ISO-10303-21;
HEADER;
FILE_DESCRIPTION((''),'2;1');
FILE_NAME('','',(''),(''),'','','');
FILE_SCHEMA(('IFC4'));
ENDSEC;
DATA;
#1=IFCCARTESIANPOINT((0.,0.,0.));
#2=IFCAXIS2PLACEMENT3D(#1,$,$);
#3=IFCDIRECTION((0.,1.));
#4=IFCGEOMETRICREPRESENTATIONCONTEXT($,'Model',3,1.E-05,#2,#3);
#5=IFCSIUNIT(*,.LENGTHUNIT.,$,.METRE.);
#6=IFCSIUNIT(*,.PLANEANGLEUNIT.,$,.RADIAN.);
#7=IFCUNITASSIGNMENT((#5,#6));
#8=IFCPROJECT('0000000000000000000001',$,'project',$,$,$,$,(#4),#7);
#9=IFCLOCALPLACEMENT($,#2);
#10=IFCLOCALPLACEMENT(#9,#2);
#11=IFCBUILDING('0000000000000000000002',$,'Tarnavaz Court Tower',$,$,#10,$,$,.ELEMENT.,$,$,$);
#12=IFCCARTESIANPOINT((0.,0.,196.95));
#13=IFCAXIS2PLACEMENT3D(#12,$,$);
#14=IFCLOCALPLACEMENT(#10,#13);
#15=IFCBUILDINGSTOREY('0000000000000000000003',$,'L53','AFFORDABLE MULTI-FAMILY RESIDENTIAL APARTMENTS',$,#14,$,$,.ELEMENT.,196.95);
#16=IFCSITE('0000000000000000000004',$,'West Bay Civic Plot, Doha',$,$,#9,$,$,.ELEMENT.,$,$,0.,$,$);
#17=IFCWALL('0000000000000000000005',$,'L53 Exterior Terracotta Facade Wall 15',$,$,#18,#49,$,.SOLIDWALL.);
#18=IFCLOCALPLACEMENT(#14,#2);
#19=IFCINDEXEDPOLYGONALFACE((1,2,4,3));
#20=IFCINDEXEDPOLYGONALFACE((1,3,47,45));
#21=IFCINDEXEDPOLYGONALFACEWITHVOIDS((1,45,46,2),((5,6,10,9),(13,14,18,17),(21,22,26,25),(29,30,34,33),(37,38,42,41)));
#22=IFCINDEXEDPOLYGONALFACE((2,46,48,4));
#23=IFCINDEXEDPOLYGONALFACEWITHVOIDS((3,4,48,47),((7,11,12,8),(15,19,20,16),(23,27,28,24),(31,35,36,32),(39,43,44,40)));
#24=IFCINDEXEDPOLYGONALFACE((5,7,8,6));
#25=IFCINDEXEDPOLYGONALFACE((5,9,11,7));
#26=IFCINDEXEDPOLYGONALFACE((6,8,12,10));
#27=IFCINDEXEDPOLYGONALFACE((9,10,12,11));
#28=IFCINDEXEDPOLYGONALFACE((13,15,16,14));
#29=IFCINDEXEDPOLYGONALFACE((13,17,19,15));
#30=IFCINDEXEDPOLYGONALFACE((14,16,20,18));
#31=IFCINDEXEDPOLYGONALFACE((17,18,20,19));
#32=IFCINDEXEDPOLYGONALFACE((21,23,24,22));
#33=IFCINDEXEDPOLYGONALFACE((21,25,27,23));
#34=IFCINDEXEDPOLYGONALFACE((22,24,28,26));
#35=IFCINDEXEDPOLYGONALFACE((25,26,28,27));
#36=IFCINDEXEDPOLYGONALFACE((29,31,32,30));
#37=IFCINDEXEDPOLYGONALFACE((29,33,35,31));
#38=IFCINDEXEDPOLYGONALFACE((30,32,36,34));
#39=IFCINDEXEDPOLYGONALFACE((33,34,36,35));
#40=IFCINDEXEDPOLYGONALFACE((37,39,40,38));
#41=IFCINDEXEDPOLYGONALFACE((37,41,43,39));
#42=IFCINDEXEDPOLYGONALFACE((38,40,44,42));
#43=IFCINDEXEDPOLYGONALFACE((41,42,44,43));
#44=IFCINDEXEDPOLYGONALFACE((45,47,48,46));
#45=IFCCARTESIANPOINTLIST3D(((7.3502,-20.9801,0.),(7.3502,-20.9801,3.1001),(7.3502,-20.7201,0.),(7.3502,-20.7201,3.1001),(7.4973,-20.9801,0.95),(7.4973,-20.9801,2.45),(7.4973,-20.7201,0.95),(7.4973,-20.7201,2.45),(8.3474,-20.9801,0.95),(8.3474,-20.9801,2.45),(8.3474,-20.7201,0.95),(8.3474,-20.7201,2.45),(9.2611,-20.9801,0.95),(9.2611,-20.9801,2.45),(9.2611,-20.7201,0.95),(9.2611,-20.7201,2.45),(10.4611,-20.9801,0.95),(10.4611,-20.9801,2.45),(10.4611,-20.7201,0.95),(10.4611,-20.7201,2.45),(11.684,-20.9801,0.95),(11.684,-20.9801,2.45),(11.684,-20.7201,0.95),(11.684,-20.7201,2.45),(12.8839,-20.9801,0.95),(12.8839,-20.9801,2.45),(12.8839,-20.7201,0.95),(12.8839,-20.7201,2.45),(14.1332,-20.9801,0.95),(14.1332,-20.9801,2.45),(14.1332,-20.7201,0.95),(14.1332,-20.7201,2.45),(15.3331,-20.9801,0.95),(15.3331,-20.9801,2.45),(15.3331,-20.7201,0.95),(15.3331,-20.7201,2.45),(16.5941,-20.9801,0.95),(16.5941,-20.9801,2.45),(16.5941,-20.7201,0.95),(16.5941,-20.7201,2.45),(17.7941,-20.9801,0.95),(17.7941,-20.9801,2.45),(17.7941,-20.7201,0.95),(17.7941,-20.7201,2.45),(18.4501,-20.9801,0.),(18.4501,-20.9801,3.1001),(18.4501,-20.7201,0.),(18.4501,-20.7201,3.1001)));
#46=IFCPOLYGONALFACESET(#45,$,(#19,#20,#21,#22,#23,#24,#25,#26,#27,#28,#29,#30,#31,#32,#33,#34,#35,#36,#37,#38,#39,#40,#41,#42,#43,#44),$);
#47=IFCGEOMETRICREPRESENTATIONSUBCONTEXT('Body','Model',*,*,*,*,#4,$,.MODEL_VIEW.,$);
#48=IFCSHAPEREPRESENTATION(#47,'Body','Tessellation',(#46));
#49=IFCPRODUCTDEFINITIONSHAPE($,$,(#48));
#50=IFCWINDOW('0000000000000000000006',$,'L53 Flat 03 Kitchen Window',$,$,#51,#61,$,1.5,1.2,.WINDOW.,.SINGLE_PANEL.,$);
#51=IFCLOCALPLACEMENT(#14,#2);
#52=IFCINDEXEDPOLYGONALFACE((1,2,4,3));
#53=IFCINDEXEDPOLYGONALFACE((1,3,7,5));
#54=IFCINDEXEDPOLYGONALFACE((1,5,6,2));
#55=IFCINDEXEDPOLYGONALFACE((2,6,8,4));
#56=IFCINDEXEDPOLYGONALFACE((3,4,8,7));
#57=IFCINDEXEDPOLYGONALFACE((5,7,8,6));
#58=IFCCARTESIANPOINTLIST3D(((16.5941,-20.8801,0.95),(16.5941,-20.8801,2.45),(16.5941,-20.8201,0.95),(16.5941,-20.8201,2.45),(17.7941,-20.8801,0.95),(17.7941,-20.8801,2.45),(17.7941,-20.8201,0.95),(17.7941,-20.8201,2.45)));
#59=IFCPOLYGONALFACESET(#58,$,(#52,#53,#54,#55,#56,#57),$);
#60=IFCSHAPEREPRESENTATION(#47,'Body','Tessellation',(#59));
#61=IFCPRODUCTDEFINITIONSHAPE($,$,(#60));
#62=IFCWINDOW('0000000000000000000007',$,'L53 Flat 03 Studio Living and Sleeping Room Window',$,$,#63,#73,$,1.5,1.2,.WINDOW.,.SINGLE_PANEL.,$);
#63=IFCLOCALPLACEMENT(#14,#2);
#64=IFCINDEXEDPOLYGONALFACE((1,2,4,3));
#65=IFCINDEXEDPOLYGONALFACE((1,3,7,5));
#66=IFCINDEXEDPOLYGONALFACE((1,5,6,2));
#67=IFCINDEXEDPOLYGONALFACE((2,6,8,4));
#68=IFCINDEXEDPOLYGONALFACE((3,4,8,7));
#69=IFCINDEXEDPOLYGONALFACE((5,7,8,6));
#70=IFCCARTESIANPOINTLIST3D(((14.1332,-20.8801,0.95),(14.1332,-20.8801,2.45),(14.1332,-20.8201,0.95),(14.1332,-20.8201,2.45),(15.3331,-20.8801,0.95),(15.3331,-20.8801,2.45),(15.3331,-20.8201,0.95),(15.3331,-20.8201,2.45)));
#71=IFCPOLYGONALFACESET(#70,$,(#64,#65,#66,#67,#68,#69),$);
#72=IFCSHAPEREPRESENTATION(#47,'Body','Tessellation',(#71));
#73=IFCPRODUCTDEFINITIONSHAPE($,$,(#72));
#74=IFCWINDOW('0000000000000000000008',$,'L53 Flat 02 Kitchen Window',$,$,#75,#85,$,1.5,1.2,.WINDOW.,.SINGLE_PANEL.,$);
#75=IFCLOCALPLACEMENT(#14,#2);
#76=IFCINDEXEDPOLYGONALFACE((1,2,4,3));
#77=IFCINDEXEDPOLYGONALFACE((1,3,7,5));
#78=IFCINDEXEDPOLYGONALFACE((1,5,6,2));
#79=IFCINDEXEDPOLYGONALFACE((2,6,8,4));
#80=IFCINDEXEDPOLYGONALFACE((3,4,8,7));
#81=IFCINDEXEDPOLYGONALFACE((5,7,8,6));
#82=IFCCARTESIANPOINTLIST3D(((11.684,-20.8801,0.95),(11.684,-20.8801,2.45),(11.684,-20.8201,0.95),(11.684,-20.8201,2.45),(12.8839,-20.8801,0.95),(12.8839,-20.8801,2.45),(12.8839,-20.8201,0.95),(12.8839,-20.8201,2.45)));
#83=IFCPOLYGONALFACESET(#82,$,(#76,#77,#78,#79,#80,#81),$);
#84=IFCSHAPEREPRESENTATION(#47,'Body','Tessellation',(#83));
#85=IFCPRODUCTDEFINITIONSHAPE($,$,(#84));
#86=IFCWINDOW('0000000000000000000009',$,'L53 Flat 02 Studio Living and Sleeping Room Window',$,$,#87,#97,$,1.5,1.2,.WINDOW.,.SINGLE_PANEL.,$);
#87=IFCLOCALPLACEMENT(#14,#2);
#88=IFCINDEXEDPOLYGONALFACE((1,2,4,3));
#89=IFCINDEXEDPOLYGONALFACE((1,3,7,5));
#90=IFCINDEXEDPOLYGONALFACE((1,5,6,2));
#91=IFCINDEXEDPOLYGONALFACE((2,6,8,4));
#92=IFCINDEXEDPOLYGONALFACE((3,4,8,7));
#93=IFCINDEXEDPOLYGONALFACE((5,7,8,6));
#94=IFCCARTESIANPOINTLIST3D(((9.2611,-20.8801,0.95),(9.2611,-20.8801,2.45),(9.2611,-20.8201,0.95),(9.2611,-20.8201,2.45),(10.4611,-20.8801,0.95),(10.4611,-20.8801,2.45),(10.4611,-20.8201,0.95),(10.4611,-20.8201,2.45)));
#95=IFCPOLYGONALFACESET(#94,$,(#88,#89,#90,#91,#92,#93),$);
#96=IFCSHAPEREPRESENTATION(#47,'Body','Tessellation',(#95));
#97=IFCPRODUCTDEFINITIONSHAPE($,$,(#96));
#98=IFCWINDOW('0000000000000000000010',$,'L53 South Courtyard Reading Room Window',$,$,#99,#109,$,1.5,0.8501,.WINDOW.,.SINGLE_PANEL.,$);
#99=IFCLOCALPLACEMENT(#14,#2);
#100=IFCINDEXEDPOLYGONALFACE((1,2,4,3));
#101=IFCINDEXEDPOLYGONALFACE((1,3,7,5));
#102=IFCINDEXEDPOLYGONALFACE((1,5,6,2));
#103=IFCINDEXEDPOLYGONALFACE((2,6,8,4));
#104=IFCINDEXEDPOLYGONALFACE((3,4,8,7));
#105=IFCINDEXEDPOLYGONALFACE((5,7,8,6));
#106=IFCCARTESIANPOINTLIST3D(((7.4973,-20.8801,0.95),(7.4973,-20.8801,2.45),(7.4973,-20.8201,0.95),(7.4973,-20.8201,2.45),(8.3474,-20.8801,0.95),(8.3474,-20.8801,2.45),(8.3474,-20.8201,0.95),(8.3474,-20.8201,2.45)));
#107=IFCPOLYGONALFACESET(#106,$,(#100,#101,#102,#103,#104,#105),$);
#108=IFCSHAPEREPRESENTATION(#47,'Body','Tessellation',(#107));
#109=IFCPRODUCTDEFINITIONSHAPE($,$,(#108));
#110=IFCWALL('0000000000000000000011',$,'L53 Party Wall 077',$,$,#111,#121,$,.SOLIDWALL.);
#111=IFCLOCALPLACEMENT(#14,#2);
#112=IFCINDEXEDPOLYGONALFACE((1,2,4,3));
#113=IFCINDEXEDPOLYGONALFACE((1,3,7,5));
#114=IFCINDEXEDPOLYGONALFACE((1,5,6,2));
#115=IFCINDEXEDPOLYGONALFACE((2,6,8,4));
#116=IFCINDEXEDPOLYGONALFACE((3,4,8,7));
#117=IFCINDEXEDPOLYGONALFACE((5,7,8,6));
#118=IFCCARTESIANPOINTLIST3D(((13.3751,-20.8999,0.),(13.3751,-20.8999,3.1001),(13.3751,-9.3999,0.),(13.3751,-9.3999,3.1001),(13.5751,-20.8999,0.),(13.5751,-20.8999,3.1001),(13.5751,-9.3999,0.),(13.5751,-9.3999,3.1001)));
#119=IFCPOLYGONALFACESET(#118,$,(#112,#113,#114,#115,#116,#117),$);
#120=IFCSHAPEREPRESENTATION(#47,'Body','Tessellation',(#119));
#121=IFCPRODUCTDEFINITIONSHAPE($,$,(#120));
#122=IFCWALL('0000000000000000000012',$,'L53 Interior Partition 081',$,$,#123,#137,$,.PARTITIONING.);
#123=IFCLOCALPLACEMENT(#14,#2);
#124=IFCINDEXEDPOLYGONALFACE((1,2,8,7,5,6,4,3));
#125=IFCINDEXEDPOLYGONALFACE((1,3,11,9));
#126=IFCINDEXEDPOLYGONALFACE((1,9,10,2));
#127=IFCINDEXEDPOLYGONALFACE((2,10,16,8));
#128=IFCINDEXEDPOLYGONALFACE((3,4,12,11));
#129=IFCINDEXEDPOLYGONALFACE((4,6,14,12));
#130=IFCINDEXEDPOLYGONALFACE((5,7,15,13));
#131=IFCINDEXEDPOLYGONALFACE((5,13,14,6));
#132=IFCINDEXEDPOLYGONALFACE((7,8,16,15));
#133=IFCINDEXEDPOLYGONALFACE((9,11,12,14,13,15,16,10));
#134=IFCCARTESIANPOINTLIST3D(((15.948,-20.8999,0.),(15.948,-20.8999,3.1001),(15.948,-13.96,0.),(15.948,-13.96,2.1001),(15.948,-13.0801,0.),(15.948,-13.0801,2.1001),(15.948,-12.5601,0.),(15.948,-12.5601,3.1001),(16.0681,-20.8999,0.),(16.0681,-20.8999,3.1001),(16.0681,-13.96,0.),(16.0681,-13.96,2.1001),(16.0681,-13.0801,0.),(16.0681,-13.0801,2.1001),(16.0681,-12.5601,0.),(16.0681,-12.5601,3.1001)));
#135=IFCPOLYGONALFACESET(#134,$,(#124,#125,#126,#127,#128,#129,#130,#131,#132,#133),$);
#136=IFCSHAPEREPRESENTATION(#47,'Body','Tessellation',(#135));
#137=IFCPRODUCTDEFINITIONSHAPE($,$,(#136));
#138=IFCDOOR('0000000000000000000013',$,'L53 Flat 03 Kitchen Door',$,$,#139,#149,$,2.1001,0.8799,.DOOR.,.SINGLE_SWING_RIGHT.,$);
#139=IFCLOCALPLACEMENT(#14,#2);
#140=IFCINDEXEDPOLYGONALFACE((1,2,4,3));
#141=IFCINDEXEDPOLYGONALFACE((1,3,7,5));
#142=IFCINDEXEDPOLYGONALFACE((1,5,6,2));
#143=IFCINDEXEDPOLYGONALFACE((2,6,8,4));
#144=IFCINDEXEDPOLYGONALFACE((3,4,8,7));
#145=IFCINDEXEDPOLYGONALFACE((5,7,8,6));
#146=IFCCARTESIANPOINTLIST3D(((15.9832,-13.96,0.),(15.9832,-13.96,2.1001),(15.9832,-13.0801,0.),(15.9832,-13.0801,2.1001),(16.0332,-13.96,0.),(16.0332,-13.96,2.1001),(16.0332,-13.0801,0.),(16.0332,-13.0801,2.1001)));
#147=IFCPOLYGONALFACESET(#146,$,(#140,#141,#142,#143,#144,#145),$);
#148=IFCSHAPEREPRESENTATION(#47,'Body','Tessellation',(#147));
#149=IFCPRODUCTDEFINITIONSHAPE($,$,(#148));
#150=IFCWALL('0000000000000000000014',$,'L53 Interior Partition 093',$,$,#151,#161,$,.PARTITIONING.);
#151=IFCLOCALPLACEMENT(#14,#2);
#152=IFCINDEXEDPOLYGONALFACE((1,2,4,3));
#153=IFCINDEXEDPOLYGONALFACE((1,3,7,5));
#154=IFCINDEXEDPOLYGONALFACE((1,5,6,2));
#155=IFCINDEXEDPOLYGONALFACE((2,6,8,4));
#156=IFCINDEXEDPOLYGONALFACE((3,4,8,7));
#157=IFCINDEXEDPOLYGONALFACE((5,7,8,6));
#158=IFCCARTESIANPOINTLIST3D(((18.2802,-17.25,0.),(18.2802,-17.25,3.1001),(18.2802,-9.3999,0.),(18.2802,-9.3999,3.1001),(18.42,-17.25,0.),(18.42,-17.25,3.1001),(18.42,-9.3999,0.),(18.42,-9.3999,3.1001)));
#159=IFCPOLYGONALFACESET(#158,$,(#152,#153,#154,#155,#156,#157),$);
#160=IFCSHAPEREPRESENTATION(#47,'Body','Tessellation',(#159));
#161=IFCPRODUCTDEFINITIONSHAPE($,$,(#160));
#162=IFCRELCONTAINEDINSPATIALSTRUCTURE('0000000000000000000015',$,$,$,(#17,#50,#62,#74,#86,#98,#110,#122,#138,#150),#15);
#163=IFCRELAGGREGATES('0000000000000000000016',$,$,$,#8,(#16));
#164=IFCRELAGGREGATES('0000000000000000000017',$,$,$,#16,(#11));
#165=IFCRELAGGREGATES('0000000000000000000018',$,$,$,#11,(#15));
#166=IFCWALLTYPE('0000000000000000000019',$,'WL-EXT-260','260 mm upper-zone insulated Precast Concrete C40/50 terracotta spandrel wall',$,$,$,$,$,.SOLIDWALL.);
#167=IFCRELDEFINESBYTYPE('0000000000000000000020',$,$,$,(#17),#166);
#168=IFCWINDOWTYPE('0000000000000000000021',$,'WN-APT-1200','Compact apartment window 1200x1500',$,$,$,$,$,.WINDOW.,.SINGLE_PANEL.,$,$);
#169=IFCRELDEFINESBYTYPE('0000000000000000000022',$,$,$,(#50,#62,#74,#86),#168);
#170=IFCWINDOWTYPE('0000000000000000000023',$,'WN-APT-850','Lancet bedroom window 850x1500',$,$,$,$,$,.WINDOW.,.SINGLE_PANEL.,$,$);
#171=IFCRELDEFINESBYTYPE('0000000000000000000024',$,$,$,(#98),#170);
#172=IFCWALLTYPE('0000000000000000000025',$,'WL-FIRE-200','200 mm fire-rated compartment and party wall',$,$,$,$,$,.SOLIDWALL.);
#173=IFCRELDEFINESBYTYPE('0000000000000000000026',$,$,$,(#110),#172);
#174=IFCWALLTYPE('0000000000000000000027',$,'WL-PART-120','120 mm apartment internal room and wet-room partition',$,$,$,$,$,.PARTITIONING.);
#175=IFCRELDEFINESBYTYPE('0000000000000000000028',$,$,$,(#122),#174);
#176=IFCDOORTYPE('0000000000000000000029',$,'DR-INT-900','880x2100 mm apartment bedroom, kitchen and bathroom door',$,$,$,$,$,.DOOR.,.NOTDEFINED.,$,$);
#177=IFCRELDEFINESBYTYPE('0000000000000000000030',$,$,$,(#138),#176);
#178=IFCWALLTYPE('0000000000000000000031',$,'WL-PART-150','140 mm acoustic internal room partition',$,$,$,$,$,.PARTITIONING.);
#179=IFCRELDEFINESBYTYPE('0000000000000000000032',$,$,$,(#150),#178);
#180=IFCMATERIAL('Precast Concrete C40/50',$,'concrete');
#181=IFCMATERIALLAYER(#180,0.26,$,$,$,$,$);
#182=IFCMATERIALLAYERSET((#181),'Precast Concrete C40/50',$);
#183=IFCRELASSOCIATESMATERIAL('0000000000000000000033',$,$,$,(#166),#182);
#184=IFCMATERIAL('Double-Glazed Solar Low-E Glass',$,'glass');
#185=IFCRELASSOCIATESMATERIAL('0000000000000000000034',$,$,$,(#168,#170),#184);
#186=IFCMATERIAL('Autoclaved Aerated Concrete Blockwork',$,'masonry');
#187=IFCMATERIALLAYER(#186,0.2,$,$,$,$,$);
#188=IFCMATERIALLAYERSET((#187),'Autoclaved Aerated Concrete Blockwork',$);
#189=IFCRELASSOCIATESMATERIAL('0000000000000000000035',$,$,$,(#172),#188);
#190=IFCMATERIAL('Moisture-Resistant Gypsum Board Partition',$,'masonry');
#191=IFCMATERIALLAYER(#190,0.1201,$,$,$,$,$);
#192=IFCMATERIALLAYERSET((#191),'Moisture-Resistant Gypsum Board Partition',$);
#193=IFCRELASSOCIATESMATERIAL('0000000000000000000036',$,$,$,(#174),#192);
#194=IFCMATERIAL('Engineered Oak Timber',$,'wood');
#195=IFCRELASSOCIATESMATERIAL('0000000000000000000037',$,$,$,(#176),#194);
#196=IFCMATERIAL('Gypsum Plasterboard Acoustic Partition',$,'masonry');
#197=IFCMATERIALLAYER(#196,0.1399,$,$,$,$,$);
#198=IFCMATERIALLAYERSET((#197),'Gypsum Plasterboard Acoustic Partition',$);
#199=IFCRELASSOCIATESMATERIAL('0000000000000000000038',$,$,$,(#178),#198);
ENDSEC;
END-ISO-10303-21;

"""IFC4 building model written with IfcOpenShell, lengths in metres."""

from ifc_helpers import new_model, si_unit, direction, frame, frame_2d, origin, place, context, subcontext, project, spatial, rectangle, extrude, material, layer, layer_set, type_object, element, fill, save


model = new_model("IFC4")

# Units and contexts
model_context = context("Model", 3, precision=1e-05, world=origin(), true_north=direction((0.0, 1.0)))
body_context = subcontext(model_context, "Body", "Model", "MODEL_VIEW")
ifc_project = project(units=[si_unit("LENGTHUNIT", "METRE"), si_unit("PLANEANGLEUNIT", "RADIAN")], contexts=[model_context])

# Site, building, storey
site_placement = place(None, origin())
site = spatial("IfcSite", under=ifc_project, at=site_placement, Name="West Bay Civic Plot, Doha", CompositionType="ELEMENT", RefElevation=0.0)
building_placement = place(site_placement, origin())
building = spatial("IfcBuilding", under=site, at=building_placement, Name="Tarnavaz Court Tower", CompositionType="ELEMENT")
storey_placement = place(building_placement, frame((0.0, 0.0, 196.95)))
storey = spatial("IfcBuildingStorey", under=building, at=storey_placement, Name="L53", Description="AFFORDABLE MULTI-FAMILY RESIDENTIAL APARTMENTS", CompositionType="ELEMENT", Elevation=196.95)

# Shared definitions
ifc_material_1 = material(Name="Precast Concrete C40/50", Category="concrete")
ifc_layer_1 = layer(ifc_material_1, 0.26)
ifc_layer_set_1 = layer_set([ifc_layer_1], Name="Precast Concrete C40/50")
wall_type_1 = type_object("IfcWallType", Name="WL-EXT-260", Description="260 mm upper-zone insulated Precast Concrete C40/50 terracotta spandrel wall", PredefinedType="SOLIDWALL", material=ifc_layer_set_1)
ifc_material_2 = material(Name="Double-Glazed Solar Low-E Glass", Category="glass")

# Wall, openings, windows
wall_1_placement = place(storey_placement, frame((18.45, -20.8501, 0.0), z_axis=(0.0, 0.0, 1.0), x_axis=(-1.0, 0.0, 0.0)))
wall_1 = element("IfcWall", 1, at=wall_1_placement, inside=storey, type_object=wall_type_1, Name="L53 Exterior Terracotta Facade Wall 15", PredefinedType="SOLIDWALL", context=body_context, shape_type="SweptSolid", body=[
    extrude(rectangle(XDim=11.0999, YDim=0.26, at=frame_2d((5.5498, 0.0))), origin(), (0.0, 0.0, 1.0), 3.1001),
])
opening_1_placement = place(wall_1_placement, frame((0.6558, 0.0, 0.95)))
opening_1 = element("IfcOpeningElement", 2, at=opening_1_placement, cuts=wall_1, PredefinedType="OPENING", context=body_context, shape_type="SweptSolid", body=[
    extrude(rectangle(XDim=1.2, YDim=1.5, at=frame_2d((0.6001, 0.75))), frame((0.0, 0.1399, 0.0), z_axis=(0.0, -1.0, 0.0), x_axis=(1.0, 0.0, 0.0)), (0.0, 0.0, 1.0), 0.28),
])
opening_2_placement = place(wall_1_placement, frame((3.1167, 0.0, 0.95)))
opening_2 = element("IfcOpeningElement", 3, at=opening_2_placement, cuts=wall_1, PredefinedType="OPENING", context=body_context, shape_type="SweptSolid", body=[
    extrude(rectangle(XDim=1.2, YDim=1.5, at=frame_2d((0.6001, 0.75))), frame((0.0, 0.1399, 0.0), z_axis=(0.0, -1.0, 0.0), x_axis=(1.0, 0.0, 0.0)), (0.0, 0.0, 1.0), 0.28),
])
opening_3_placement = place(wall_1_placement, frame((5.5659, 0.0, 0.95)))
opening_3 = element("IfcOpeningElement", 4, at=opening_3_placement, cuts=wall_1, PredefinedType="OPENING", context=body_context, shape_type="SweptSolid", body=[
    extrude(rectangle(XDim=1.2, YDim=1.5, at=frame_2d((0.6001, 0.75))), frame((0.0, 0.1399, 0.0), z_axis=(0.0, -1.0, 0.0), x_axis=(1.0, 0.0, 0.0)), (0.0, 0.0, 1.0), 0.28),
])
opening_4_placement = place(wall_1_placement, frame((7.9888, 0.0, 0.95)))
opening_4 = element("IfcOpeningElement", 5, at=opening_4_placement, cuts=wall_1, PredefinedType="OPENING", context=body_context, shape_type="SweptSolid", body=[
    extrude(rectangle(XDim=1.2, YDim=1.5, at=frame_2d((0.6001, 0.75))), frame((0.0, 0.1399, 0.0), z_axis=(0.0, -1.0, 0.0), x_axis=(1.0, 0.0, 0.0)), (0.0, 0.0, 1.0), 0.28),
])
opening_5_placement = place(wall_1_placement, frame((10.1025, 0.0, 0.95)))
opening_5 = element("IfcOpeningElement", 6, at=opening_5_placement, cuts=wall_1, PredefinedType="OPENING", context=body_context, shape_type="SweptSolid", body=[
    extrude(rectangle(XDim=0.8501, YDim=1.5, at=frame_2d((0.425, 0.75))), frame((0.0, 0.1399, 0.0), z_axis=(0.0, -1.0, 0.0), x_axis=(1.0, 0.0, 0.0)), (0.0, 0.0, 1.0), 0.28),
])
window_type_1 = type_object("IfcWindowType", Name="WN-APT-1200", Description="Compact apartment window 1200x1500", PartitioningType="SINGLE_PANEL", PredefinedType="WINDOW", material=ifc_material_2)
window_1_placement = place(opening_1_placement, origin())
window_1 = element("IfcWindow", 7, at=window_1_placement, inside=storey, type_object=window_type_1, Name="L53 Flat 03 Kitchen Window", OverallHeight=1.5, OverallWidth=1.2, PartitioningType="SINGLE_PANEL", PredefinedType="WINDOW", context=body_context, shape_type="SweptSolid", body=[
    extrude(rectangle(XDim=1.2, YDim=1.5, at=frame_2d((0.6001, 0.75))), frame((0.0, 0.03, 0.0), z_axis=(0.0, -1.0, 0.0), x_axis=(1.0, 0.0, 0.0)), (0.0, 0.0, 1.0), 0.0601),
])
fill(opening_1, window_1)
window_2_placement = place(opening_2_placement, origin())
window_2 = element("IfcWindow", 8, at=window_2_placement, inside=storey, type_object=window_type_1, Name="L53 Flat 03 Studio Living and Sleeping Room Window", OverallHeight=1.5, OverallWidth=1.2, PartitioningType="SINGLE_PANEL", PredefinedType="WINDOW", context=body_context, shape_type="SweptSolid", body=[
    extrude(rectangle(XDim=1.2, YDim=1.5, at=frame_2d((0.6001, 0.75))), frame((0.0, 0.03, 0.0), z_axis=(0.0, -1.0, 0.0), x_axis=(1.0, 0.0, 0.0)), (0.0, 0.0, 1.0), 0.0601),
])
fill(opening_2, window_2)
window_3_placement = place(opening_3_placement, origin())
window_3 = element("IfcWindow", 9, at=window_3_placement, inside=storey, type_object=window_type_1, Name="L53 Flat 02 Kitchen Window", OverallHeight=1.5, OverallWidth=1.2, PartitioningType="SINGLE_PANEL", PredefinedType="WINDOW", context=body_context, shape_type="SweptSolid", body=[
    extrude(rectangle(XDim=1.2, YDim=1.5, at=frame_2d((0.6001, 0.75))), frame((0.0, 0.03, 0.0), z_axis=(0.0, -1.0, 0.0), x_axis=(1.0, 0.0, 0.0)), (0.0, 0.0, 1.0), 0.0601),
])
fill(opening_3, window_3)
window_4_placement = place(opening_4_placement, origin())
window_4 = element("IfcWindow", 10, at=window_4_placement, inside=storey, type_object=window_type_1, Name="L53 Flat 02 Studio Living and Sleeping Room Window", OverallHeight=1.5, OverallWidth=1.2, PartitioningType="SINGLE_PANEL", PredefinedType="WINDOW", context=body_context, shape_type="SweptSolid", body=[
    extrude(rectangle(XDim=1.2, YDim=1.5, at=frame_2d((0.6001, 0.75))), frame((0.0, 0.03, 0.0), z_axis=(0.0, -1.0, 0.0), x_axis=(1.0, 0.0, 0.0)), (0.0, 0.0, 1.0), 0.0601),
])
fill(opening_4, window_4)
window_type_2 = type_object("IfcWindowType", Name="WN-APT-850", Description="Lancet bedroom window 850x1500", PartitioningType="SINGLE_PANEL", PredefinedType="WINDOW", material=ifc_material_2)
window_5_placement = place(opening_5_placement, origin())
window_5 = element("IfcWindow", 11, at=window_5_placement, inside=storey, type_object=window_type_2, Name="L53 South Courtyard Reading Room Window", OverallHeight=1.5, OverallWidth=0.8501, PartitioningType="SINGLE_PANEL", PredefinedType="WINDOW", context=body_context, shape_type="SweptSolid", body=[
    extrude(rectangle(XDim=0.8501, YDim=1.5, at=frame_2d((0.425, 0.75))), frame((0.0, 0.03, 0.0), z_axis=(0.0, -1.0, 0.0), x_axis=(1.0, 0.0, 0.0)), (0.0, 0.0, 1.0), 0.0601),
])
fill(opening_5, window_5)

# Wall
ifc_material_3 = material(Name="Autoclaved Aerated Concrete Blockwork", Category="masonry")
ifc_layer_2 = layer(ifc_material_3, 0.2)
ifc_layer_set_2 = layer_set([ifc_layer_2], Name="Autoclaved Aerated Concrete Blockwork")
wall_type_2 = type_object("IfcWallType", Name="WL-FIRE-200", Description="200 mm fire-rated compartment and party wall", PredefinedType="SOLIDWALL", material=ifc_layer_set_2)
wall_2_placement = place(storey_placement, frame((13.4751, -20.8999, 0.0), z_axis=(0.0, 0.0, 1.0), x_axis=(0.0, 1.0, 0.0)))
element("IfcWall", 12, at=wall_2_placement, inside=storey, type_object=wall_type_2, Name="L53 Party Wall 077", PredefinedType="SOLIDWALL", context=body_context, shape_type="SweptSolid", body=[
    extrude(rectangle(XDim=11.5, YDim=0.2, at=frame_2d((5.75, 0.0))), origin(), (0.0, 0.0, 1.0), 3.1001),
])

# Wall, opening, door
ifc_material_4 = material(Name="Moisture-Resistant Gypsum Board Partition", Category="masonry")
ifc_layer_3 = layer(ifc_material_4, 0.1201)
ifc_layer_set_3 = layer_set([ifc_layer_3], Name="Moisture-Resistant Gypsum Board Partition")
wall_type_3 = type_object("IfcWallType", Name="WL-PART-120", Description="120 mm apartment internal room and wet-room partition", PredefinedType="PARTITIONING", material=ifc_layer_set_3)
wall_3_placement = place(storey_placement, frame((16.0081, -20.8999, 0.0), z_axis=(0.0, 0.0, 1.0), x_axis=(0.0, 1.0, 0.0)))
wall_3 = element("IfcWall", 13, at=wall_3_placement, inside=storey, type_object=wall_type_3, Name="L53 Interior Partition 081", PredefinedType="PARTITIONING", context=body_context, shape_type="SweptSolid", body=[
    extrude(rectangle(XDim=8.3398, YDim=0.1201, at=frame_2d((4.1699, 0.0))), origin(), (0.0, 0.0, 1.0), 3.1001),
])
opening_6_placement = place(wall_3_placement, frame((6.9399, 0.0, 0.0)))
opening_6 = element("IfcOpeningElement", 14, at=opening_6_placement, cuts=wall_3, PredefinedType="OPENING", context=body_context, shape_type="SweptSolid", body=[
    extrude(rectangle(XDim=0.8799, YDim=2.1001, at=frame_2d((0.4399, 1.05))), frame((0.0, 0.0701, 0.0), z_axis=(0.0, -1.0, 0.0), x_axis=(1.0, 0.0, 0.0)), (0.0, 0.0, 1.0), 0.1401),
])
ifc_material_5 = material(Name="Engineered Oak Timber", Category="wood")
door_type = type_object("IfcDoorType", Name="DR-INT-900", Description="880x2100 mm apartment bedroom, kitchen and bathroom door", OperationType="NOTDEFINED", PredefinedType="DOOR", material=ifc_material_5)
door_placement = place(opening_6_placement, origin())
door = element("IfcDoor", 15, at=door_placement, inside=storey, type_object=door_type, Name="L53 Flat 03 Kitchen Door", OperationType="SINGLE_SWING_RIGHT", OverallHeight=2.1001, OverallWidth=0.8799, PredefinedType="DOOR", context=body_context, shape_type="SweptSolid", body=[
    extrude(rectangle(XDim=0.8799, YDim=2.1001, at=frame_2d((0.4399, 1.05))), frame((0.0, 0.0249, 0.0), z_axis=(0.0, -1.0, 0.0), x_axis=(1.0, 0.0, 0.0)), (0.0, 0.0, 1.0), 0.05),
])
fill(opening_6, door)

# Wall
ifc_material_6 = material(Name="Gypsum Plasterboard Acoustic Partition", Category="masonry")
ifc_layer_4 = layer(ifc_material_6, 0.1399)
ifc_layer_set_4 = layer_set([ifc_layer_4], Name="Gypsum Plasterboard Acoustic Partition")
wall_type_4 = type_object("IfcWallType", Name="WL-PART-150", Description="140 mm acoustic internal room partition", PredefinedType="PARTITIONING", material=ifc_layer_set_4)
wall_4_placement = place(storey_placement, frame((18.3501, -17.25, 0.0), z_axis=(0.0, 0.0, 1.0), x_axis=(0.0, 1.0, 0.0)))
element("IfcWall", 16, at=wall_4_placement, inside=storey, type_object=wall_type_4, Name="L53 Interior Partition 093", PredefinedType="PARTITIONING", context=body_context, shape_type="SweptSolid", body=[
    extrude(rectangle(XDim=7.8501, YDim=0.1399, at=frame_2d((3.925, 0.0))), origin(), (0.0, 0.0, 1.0), 3.1001),
])

save(model, "model.ifc")
